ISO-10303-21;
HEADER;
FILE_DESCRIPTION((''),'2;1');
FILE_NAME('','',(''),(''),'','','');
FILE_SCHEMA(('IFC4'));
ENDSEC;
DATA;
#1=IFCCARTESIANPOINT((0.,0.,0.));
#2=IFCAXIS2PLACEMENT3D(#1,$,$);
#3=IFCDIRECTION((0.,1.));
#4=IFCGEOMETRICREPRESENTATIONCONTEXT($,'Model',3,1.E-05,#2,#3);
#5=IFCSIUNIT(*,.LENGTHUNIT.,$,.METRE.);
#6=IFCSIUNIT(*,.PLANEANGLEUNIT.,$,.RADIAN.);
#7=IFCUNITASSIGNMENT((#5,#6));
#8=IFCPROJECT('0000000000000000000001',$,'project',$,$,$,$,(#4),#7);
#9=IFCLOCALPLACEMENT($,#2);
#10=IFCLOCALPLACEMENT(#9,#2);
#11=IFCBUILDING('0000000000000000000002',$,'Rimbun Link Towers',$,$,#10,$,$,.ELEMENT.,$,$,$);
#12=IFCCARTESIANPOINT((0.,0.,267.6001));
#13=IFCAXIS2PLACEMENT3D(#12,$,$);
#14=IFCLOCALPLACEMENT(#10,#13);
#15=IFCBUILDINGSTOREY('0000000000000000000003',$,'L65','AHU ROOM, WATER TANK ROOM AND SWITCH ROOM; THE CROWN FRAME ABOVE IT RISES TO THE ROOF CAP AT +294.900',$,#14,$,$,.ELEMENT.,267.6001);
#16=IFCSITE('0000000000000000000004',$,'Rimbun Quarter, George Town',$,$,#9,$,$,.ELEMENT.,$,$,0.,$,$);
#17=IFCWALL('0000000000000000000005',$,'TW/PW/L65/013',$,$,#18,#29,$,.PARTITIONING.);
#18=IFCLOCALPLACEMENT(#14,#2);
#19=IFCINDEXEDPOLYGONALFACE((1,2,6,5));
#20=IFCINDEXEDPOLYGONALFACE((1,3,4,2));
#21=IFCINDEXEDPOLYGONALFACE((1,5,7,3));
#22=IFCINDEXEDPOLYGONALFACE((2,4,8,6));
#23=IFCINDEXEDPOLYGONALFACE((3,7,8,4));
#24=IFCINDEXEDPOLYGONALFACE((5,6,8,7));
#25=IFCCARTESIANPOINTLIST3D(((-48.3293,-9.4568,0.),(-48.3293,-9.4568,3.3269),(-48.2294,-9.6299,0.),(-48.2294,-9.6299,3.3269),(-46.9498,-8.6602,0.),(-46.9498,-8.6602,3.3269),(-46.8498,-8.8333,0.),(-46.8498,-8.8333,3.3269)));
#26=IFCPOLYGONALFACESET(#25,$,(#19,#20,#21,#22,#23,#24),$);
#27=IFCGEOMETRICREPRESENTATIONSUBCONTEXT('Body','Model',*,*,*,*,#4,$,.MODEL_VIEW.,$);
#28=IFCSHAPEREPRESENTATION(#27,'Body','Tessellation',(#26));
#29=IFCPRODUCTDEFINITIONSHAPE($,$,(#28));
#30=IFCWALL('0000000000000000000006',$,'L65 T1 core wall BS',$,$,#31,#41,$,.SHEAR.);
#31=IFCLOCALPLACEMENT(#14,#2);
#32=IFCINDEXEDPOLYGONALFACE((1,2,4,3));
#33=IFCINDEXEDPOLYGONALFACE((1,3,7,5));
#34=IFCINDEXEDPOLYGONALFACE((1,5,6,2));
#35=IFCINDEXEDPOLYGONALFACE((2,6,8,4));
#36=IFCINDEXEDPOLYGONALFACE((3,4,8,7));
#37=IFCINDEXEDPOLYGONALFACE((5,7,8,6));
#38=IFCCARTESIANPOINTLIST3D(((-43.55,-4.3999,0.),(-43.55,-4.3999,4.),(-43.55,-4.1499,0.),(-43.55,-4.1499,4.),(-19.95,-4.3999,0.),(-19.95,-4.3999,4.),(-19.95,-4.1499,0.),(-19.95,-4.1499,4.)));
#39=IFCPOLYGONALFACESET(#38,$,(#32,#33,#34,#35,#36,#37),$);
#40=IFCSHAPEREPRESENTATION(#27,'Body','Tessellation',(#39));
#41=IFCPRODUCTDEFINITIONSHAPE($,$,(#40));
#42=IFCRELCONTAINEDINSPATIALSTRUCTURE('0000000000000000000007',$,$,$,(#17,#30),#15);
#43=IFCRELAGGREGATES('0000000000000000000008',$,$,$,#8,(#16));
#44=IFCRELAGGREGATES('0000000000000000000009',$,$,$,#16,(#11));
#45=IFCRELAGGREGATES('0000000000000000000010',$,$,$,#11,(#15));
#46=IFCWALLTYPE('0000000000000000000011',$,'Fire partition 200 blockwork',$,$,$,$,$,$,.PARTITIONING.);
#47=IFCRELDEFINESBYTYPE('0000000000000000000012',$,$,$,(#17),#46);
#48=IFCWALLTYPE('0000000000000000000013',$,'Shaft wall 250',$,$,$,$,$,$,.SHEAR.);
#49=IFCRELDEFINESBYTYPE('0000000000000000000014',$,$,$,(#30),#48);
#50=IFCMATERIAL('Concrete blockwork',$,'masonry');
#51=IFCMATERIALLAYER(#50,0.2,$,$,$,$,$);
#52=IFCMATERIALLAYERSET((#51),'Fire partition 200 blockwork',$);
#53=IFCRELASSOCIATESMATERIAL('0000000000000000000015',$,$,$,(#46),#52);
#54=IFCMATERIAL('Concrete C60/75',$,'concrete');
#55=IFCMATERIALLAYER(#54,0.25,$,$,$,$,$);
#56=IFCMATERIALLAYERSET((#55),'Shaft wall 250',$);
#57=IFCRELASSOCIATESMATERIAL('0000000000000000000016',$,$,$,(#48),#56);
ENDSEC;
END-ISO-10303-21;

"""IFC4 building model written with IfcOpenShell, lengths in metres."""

from ifc_helpers import new_model, si_unit, direction, frame, frame_2d, origin, place, context, subcontext, project, spatial, rectangle, extrude, material, layer, layer_set, type_object, element, save


model = new_model("IFC4")

# Units and contexts
model_context = context("Model", 3, precision=1e-05, world=origin(), true_north=direction((0.0, 1.0)))
body_context = subcontext(model_context, "Body", "Model", "MODEL_VIEW")
ifc_project = project(units=[si_unit("LENGTHUNIT", "METRE"), si_unit("PLANEANGLEUNIT", "RADIAN")], contexts=[model_context])

# Site, building, storey
site_placement = place(None, origin())
site = spatial("IfcSite", under=ifc_project, at=site_placement, Name="Rimbun Quarter, George Town", CompositionType="ELEMENT", RefElevation=0.0)
building_placement = place(site_placement, origin())
building = spatial("IfcBuilding", under=site, at=building_placement, Name="Rimbun Link Towers", CompositionType="ELEMENT")
storey_placement = place(building_placement, frame((0.0, 0.0, 267.6001)))
storey = spatial("IfcBuildingStorey", under=building, at=storey_placement, Name="L65", Description="AHU ROOM, WATER TANK ROOM AND SWITCH ROOM; THE CROWN FRAME ABOVE IT RISES TO THE ROOF CAP AT +294.900", CompositionType="ELEMENT", Elevation=267.6001)

# Shared definitions
ifc_material_1 = material(Name="Concrete blockwork", Category="masonry")
ifc_layer_1 = layer(ifc_material_1, 0.2)
ifc_layer_set_1 = layer_set([ifc_layer_1], Name="Fire partition 200 blockwork")
wall_type_1 = type_object("IfcWallType", Name="Fire partition 200 blockwork", PredefinedType="PARTITIONING", material=ifc_layer_set_1)

# Walls
wall_1_placement = place(storey_placement, frame((-46.8999, -8.7468, 0.0), z_axis=(0.0, 0.0, 1.0), x_axis=(-0.865999, -0.500045, 0.0)))
element("IfcWall", 1, at=wall_1_placement, inside=storey, type_object=wall_type_1, Name="TW/PW/L65/013", PredefinedType="PARTITIONING", context=body_context, shape_type="SweptSolid", body=[
    extrude(rectangle(XDim=1.593, YDim=0.2, at=frame_2d((0.7964, 0.0))), origin(), (0.0, 0.0, 1.0), 3.3269),
])
ifc_material_2 = material(Name="Concrete C60/75", Category="concrete")
ifc_layer_2 = layer(ifc_material_2, 0.25)
ifc_layer_set_2 = layer_set([ifc_layer_2], Name="Shaft wall 250")
wall_type_2 = type_object("IfcWallType", Name="Shaft wall 250", PredefinedType="SHEAR", material=ifc_layer_set_2)
wall_2_placement = place(storey_placement, frame((-43.55, -4.2749, 0.0), z_axis=(0.0, 0.0, 1.0), x_axis=(1.0, 0.0, 0.0)))
element("IfcWall", 2, at=wall_2_placement, inside=storey, type_object=wall_type_2, Name="L65 T1 core wall BS", PredefinedType="SHEAR", context=body_context, shape_type="SweptSolid", body=[
    extrude(rectangle(XDim=23.6001, YDim=0.25, at=frame_2d((11.8, 0.0))), origin(), (0.0, 0.0, 1.0), 4.0),
])

save(model, "model.ifc")
